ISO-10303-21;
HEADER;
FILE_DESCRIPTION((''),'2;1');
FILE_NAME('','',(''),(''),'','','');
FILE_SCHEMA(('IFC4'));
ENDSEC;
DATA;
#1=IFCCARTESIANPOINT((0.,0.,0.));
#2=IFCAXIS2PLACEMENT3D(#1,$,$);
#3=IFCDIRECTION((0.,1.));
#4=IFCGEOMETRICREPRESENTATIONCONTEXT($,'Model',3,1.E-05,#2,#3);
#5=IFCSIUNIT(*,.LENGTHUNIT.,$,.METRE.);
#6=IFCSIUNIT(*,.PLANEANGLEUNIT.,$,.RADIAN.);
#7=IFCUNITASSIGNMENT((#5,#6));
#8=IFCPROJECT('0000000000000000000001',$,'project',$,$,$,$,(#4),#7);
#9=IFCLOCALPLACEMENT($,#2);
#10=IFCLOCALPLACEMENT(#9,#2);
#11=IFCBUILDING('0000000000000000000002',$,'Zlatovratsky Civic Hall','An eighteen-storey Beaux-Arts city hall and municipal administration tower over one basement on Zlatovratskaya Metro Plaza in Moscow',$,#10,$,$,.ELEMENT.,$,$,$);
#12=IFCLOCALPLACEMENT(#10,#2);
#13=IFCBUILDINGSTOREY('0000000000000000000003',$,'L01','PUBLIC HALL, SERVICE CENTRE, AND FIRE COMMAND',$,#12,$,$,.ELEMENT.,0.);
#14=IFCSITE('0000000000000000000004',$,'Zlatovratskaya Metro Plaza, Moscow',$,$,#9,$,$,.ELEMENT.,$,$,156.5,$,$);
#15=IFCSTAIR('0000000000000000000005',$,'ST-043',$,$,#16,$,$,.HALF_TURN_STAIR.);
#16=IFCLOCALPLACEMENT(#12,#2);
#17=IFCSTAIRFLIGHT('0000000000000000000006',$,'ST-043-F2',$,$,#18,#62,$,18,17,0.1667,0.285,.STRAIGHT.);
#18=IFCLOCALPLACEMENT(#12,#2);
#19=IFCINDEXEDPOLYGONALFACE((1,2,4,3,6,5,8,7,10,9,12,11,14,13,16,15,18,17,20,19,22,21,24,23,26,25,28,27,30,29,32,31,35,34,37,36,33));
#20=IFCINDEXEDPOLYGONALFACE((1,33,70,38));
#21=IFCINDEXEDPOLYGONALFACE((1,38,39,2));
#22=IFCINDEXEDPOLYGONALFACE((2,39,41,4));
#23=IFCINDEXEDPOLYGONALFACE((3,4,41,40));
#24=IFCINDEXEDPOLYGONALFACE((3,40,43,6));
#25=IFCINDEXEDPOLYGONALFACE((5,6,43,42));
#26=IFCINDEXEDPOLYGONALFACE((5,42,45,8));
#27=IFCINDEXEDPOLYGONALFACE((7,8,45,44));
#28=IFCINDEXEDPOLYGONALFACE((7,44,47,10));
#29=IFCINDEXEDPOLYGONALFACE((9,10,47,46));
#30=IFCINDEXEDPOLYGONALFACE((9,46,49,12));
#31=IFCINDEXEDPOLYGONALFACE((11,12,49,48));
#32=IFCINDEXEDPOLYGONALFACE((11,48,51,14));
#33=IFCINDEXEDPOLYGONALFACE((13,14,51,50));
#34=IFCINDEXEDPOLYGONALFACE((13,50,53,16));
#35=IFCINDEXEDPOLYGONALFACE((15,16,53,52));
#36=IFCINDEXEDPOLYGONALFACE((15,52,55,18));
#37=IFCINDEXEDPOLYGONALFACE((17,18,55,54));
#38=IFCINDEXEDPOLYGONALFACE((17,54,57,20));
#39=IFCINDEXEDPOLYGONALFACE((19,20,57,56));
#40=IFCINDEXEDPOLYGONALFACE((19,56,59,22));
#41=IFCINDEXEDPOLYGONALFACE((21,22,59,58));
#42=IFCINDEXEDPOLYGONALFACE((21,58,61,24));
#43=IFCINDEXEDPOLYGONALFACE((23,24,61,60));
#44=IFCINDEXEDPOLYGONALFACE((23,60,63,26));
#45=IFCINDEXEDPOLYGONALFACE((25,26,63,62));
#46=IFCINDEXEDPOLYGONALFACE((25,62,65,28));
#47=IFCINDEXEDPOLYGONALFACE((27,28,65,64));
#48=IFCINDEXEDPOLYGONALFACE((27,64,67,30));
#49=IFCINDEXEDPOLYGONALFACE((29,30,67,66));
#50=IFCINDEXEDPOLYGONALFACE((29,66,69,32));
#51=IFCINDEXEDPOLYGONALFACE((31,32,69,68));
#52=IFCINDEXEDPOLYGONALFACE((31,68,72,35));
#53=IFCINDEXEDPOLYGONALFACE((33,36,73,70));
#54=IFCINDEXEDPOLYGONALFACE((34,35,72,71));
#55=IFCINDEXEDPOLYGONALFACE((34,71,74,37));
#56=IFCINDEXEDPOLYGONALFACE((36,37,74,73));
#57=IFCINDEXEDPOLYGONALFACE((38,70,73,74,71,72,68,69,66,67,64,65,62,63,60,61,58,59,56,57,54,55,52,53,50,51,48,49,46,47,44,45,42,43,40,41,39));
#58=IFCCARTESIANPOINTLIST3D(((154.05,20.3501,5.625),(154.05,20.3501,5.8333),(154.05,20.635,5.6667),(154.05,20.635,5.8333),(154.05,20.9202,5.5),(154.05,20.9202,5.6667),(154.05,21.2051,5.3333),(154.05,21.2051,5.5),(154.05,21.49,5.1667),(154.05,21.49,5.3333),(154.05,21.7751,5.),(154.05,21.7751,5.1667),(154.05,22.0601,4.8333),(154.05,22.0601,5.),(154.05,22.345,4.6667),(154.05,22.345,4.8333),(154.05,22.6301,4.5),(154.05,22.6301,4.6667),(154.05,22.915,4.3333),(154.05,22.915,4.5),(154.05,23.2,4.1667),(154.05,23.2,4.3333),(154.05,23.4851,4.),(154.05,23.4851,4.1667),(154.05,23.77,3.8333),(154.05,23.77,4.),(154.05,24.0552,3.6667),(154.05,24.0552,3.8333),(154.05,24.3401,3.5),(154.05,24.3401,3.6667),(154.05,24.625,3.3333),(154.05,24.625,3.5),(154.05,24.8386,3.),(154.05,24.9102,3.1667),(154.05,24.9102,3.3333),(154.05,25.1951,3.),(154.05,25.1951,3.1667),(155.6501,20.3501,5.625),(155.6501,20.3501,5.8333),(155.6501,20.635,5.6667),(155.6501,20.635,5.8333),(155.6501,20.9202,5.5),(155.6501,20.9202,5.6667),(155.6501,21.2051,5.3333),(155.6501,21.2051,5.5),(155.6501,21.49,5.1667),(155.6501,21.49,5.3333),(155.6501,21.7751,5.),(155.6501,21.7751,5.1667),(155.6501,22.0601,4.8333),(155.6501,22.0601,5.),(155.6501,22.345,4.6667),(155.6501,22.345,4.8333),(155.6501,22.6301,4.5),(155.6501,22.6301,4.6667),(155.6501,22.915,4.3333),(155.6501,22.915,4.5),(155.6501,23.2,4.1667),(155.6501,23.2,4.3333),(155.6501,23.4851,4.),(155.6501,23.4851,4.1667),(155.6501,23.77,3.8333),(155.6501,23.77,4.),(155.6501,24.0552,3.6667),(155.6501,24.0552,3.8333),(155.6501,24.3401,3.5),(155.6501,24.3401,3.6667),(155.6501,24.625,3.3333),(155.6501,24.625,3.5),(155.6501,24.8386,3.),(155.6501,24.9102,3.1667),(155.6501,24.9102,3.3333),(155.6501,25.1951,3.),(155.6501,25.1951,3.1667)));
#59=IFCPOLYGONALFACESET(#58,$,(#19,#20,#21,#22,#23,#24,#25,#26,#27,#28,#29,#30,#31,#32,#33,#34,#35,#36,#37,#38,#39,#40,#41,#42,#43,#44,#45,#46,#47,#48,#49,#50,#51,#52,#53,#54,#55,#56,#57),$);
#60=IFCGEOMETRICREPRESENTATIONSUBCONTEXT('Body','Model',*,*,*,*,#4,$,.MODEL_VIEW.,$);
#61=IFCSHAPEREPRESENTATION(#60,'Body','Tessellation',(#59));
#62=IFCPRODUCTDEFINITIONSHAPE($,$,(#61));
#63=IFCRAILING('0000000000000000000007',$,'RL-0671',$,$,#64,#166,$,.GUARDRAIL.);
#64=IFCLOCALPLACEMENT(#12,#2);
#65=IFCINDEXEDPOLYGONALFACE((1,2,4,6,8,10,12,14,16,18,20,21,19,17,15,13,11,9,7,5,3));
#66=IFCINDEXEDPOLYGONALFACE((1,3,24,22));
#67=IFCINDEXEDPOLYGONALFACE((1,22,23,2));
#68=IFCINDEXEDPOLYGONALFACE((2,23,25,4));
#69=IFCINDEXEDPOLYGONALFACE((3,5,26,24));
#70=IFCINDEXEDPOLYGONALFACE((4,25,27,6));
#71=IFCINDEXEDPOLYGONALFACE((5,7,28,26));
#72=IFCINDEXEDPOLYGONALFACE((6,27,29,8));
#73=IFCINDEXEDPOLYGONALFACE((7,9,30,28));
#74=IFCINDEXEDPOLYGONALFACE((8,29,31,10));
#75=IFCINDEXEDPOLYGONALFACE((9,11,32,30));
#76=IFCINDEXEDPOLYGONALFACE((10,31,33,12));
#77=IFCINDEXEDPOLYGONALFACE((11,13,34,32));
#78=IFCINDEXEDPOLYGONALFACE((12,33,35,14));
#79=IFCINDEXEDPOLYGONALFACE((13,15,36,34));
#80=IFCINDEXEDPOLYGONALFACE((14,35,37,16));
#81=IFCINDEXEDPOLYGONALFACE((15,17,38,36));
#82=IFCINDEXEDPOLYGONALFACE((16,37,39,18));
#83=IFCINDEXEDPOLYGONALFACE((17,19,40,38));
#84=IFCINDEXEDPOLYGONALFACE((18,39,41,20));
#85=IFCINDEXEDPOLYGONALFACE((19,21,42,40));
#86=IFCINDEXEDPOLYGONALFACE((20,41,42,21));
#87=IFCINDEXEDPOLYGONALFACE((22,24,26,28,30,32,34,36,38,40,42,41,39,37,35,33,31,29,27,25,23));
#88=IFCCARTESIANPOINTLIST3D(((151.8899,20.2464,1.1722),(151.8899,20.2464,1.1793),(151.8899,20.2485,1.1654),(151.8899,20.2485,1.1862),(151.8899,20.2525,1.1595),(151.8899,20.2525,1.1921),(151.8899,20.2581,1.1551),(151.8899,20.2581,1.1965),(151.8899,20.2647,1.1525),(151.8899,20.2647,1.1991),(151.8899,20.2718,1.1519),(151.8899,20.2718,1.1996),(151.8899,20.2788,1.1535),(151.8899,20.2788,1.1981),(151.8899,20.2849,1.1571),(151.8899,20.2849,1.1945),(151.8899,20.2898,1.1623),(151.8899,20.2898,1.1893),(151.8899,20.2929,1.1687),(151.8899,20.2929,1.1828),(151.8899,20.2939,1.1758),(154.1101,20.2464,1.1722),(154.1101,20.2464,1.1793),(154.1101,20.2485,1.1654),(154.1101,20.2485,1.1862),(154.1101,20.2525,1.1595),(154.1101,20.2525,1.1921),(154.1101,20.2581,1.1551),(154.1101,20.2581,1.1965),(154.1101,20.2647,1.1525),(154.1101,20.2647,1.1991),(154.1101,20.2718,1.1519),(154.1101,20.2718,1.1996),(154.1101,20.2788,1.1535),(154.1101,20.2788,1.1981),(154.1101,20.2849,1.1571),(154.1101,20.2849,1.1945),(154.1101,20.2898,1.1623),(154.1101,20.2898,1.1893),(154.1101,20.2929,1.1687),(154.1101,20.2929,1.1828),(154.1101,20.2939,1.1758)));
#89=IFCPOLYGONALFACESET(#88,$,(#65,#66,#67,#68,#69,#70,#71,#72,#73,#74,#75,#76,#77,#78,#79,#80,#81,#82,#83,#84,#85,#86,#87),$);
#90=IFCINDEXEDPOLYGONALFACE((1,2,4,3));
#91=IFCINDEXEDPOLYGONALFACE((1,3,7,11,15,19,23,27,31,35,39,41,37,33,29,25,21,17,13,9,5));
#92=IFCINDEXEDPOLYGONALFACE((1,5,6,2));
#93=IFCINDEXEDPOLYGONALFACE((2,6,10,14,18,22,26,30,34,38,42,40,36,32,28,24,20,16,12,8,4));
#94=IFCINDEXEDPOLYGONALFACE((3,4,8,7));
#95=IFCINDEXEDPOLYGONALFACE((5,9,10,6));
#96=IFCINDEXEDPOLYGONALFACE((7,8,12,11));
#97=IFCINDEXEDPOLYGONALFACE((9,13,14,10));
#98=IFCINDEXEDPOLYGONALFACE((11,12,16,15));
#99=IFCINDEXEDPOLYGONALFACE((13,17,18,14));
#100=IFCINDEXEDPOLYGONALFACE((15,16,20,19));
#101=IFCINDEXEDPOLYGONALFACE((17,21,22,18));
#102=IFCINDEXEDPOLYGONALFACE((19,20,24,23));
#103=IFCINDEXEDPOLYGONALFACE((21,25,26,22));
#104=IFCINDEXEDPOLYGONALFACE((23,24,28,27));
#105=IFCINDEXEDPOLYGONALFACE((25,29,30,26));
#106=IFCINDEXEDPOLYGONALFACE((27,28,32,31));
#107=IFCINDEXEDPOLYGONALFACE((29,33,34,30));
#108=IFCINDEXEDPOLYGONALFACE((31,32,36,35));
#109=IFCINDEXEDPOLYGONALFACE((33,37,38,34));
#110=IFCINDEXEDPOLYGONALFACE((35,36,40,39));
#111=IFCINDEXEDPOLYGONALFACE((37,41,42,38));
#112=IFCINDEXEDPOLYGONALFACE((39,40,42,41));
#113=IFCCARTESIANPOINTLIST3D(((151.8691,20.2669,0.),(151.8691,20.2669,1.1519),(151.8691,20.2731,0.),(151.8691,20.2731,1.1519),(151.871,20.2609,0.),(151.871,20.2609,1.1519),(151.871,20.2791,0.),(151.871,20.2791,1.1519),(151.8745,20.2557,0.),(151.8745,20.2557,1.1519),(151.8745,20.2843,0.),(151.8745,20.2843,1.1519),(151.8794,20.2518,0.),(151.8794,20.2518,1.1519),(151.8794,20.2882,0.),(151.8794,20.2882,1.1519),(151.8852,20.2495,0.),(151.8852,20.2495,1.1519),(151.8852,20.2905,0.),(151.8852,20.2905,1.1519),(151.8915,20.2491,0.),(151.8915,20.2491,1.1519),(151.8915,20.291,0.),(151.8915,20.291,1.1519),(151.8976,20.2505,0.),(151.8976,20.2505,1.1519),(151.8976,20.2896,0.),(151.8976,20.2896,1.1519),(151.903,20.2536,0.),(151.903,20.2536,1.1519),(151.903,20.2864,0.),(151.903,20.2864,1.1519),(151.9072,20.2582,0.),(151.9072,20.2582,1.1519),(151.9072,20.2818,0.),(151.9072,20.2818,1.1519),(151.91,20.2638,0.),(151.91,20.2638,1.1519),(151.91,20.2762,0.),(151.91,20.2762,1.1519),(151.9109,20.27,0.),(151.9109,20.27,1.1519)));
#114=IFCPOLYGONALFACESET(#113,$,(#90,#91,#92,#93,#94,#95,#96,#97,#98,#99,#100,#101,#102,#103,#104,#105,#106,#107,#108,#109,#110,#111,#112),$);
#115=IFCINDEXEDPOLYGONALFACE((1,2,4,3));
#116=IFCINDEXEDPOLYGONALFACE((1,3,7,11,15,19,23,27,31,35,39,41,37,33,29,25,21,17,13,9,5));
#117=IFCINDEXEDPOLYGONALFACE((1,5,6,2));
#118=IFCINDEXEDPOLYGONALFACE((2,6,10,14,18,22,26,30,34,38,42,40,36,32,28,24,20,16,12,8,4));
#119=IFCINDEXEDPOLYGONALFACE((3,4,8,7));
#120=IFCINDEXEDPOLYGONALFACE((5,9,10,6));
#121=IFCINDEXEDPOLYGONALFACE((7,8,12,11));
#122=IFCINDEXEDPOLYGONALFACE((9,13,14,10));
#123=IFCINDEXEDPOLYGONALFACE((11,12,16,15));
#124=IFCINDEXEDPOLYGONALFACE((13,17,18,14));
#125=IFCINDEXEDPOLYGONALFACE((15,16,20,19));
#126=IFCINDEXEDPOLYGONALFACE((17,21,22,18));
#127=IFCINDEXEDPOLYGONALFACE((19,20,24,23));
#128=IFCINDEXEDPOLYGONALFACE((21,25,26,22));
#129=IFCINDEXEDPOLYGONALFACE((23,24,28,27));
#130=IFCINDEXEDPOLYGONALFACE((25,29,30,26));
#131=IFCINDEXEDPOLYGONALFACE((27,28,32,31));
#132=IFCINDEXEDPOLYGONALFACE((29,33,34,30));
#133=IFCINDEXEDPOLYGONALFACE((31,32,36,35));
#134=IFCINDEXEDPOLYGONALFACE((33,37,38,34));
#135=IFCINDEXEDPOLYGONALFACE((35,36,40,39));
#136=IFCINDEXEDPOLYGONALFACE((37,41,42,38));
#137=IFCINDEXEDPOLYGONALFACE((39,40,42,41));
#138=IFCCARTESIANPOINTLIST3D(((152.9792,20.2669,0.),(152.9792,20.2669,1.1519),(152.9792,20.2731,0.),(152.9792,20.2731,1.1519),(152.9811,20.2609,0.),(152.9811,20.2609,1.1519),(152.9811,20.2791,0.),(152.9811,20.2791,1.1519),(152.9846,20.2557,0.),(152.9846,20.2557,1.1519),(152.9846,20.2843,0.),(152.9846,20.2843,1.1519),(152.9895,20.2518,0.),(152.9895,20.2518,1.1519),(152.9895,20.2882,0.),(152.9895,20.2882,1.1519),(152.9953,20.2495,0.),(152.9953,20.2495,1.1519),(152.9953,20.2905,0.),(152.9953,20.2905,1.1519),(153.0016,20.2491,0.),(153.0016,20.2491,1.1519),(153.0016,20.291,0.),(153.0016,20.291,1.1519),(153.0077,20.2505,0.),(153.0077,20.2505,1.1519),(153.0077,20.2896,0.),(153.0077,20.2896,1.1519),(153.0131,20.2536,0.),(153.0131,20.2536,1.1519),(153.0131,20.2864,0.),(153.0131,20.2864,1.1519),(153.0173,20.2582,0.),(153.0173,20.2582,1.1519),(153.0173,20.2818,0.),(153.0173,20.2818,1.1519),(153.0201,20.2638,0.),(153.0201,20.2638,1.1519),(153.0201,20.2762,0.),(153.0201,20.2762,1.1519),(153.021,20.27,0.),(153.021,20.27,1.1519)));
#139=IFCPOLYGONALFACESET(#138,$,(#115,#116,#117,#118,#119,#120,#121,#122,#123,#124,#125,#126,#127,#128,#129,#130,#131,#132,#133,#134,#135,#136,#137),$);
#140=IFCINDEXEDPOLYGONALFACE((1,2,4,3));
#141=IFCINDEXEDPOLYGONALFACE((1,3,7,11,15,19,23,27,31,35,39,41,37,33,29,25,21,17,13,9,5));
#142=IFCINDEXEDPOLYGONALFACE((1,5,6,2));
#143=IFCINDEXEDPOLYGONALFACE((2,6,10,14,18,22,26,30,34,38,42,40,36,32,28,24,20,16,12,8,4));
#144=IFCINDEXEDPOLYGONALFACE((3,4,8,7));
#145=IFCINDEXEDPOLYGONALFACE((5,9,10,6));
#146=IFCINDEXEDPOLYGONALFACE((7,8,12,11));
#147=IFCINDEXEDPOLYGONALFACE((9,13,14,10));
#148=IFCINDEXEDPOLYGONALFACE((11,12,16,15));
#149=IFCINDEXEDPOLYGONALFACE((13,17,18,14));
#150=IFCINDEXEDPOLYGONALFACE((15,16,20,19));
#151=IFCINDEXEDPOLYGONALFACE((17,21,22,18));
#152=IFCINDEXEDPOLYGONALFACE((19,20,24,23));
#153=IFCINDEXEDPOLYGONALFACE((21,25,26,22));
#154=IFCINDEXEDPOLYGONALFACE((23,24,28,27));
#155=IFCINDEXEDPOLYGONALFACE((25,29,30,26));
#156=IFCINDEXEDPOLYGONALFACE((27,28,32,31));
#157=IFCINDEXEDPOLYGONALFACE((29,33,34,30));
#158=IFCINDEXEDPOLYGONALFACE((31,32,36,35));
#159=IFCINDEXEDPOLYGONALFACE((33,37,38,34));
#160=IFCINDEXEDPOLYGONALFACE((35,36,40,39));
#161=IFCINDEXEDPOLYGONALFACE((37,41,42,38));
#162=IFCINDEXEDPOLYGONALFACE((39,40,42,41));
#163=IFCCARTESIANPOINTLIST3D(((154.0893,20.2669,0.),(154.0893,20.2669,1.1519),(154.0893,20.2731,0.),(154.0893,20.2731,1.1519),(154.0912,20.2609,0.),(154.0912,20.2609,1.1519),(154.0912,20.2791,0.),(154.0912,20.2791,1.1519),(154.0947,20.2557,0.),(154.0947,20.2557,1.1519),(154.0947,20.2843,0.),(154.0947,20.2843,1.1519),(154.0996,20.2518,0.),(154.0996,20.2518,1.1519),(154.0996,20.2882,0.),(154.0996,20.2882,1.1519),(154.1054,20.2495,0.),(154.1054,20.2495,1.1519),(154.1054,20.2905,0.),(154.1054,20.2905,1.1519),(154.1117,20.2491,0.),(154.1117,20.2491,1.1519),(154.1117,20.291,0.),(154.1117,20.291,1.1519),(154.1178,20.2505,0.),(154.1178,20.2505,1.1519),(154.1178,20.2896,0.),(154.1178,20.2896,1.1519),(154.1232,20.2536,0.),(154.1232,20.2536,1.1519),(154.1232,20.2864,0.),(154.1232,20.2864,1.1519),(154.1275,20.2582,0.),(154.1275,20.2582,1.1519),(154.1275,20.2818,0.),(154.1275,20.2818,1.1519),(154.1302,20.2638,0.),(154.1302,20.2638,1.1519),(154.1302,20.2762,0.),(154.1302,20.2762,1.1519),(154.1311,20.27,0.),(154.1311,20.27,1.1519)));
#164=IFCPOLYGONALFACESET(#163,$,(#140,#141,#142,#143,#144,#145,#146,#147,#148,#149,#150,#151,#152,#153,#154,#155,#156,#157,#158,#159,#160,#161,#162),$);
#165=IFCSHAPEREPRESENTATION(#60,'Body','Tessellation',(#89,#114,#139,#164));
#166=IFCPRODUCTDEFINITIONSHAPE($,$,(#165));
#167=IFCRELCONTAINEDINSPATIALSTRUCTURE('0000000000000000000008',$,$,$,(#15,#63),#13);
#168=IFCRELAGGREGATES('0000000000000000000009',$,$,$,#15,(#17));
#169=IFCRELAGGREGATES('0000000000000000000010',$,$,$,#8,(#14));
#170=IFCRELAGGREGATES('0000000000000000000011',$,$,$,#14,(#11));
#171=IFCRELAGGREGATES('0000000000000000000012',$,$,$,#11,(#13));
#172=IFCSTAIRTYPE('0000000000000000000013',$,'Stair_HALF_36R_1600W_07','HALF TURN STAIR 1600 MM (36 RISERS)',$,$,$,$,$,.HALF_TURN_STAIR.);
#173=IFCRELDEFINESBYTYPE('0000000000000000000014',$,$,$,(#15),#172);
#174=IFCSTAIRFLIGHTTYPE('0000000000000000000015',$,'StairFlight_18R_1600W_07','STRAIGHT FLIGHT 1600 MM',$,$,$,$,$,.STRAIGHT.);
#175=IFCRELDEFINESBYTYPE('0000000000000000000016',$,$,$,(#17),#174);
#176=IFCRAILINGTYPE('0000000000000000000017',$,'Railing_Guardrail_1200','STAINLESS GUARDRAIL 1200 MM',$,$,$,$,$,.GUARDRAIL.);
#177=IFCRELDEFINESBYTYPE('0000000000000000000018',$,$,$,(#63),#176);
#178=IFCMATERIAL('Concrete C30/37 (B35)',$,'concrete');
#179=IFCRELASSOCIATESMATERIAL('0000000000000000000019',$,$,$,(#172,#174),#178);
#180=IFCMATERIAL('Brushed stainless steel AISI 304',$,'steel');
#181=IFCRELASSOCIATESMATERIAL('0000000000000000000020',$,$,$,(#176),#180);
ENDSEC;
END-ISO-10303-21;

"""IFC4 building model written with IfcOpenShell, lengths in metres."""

from ifc_helpers import new_model, si_unit, direction, frame, origin, origin_2d, place, context, subcontext, project, spatial, polyline, circle, outline, extrude, material, type_object, element, aggregate, save


model = new_model("IFC4")

# Units and contexts
model_context = context("Model", 3, precision=1e-05, world=origin(), true_north=direction((0.0, 1.0)))
body_context = subcontext(model_context, "Body", "Model", "MODEL_VIEW")
ifc_project = project(units=[si_unit("LENGTHUNIT", "METRE"), si_unit("PLANEANGLEUNIT", "RADIAN")], contexts=[model_context])

# Site, building, storey
site_placement = place(None, origin())
site = spatial("IfcSite", under=ifc_project, at=site_placement, Name="Zlatovratskaya Metro Plaza, Moscow", CompositionType="ELEMENT", RefElevation=156.5)
building_placement = place(site_placement, origin())
building = spatial("IfcBuilding", under=site, at=building_placement, Name="Zlatovratsky Civic Hall", Description="An eighteen-storey Beaux-Arts city hall and municipal administration tower over one basement on Zlatovratskaya Metro Plaza in Moscow", CompositionType="ELEMENT")
storey_placement = place(building_placement, origin())
storey = spatial("IfcBuildingStorey", under=building, at=storey_placement, Name="L01", Description="PUBLIC HALL, SERVICE CENTRE, AND FIRE COMMAND", CompositionType="ELEMENT", Elevation=0.0)

# Stair, stair flight
ifc_material_1 = material(Name="Concrete C30/37 (B35)", Category="concrete")
stair_type = type_object("IfcStairType", Name="Stair_HALF_36R_1600W_07", Description="HALF TURN STAIR 1600 MM (36 RISERS)", PredefinedType="HALF_TURN_STAIR", material=ifc_material_1)
stair_placement = place(storey_placement, origin())
stair = element("IfcStair", 1, at=stair_placement, inside=storey, type_object=stair_type, Name="ST-043", PredefinedType="HALF_TURN_STAIR")
stair_flight_type = type_object("IfcStairFlightType", Name="StairFlight_18R_1600W_07", Description="STRAIGHT FLIGHT 1600 MM", PredefinedType="STRAIGHT", material=ifc_material_1)
stair_flight_1_placement = place(storey_placement, frame((154.8501, 25.1951, 3.0), z_axis=(0.0, 0.0, 1.0), x_axis=(0.0, -1.0, 0.0)))
stair_flight_1 = element("IfcStairFlight", 2, at=stair_flight_1_placement, type_object=stair_flight_type, Name="ST-043-F2", NumberOfRisers=18, NumberOfTreads=17, PredefinedType="STRAIGHT", RiserHeight=0.1667, TreadLength=0.285, context=body_context, shape_type="SweptSolid", body=[
    extrude(outline(polyline([(0.0, 0.0), (0.0, 0.1667), (0.2849, 0.1667), (0.2849, 0.3333), (0.5701, 0.3333), (0.5701, 0.5), (0.855, 0.5), (0.855, 0.6667), (1.1399, 0.6667), (1.1399, 0.8333), (1.425, 0.8333), (1.425, 1.0), (1.71, 1.0), (1.71, 1.1667), (1.9951, 1.1667), (1.9951, 1.3333), (2.28, 1.3333), (2.28, 1.5), (2.5649, 1.5), (2.5649, 1.6667), (2.8501, 1.6667), (2.8501, 1.8333), (3.135, 1.8333), (3.135, 2.0), (3.4199, 2.0), (3.4199, 2.1667), (3.7051, 2.1667), (3.7051, 2.3333), (3.99, 2.3333), (3.99, 2.5), (4.2749, 2.5), (4.2749, 2.6667), (4.5601, 2.6667), (4.5601, 2.8333), (4.845, 2.8333), (4.845, 3.0), (4.845, 2.625), (0.3564, 0.0), (0.0, 0.0)])), frame((0.0, 0.8, 0.0), z_axis=(0.0, -1.0, 0.0), x_axis=(1.0, 0.0, 0.0)), (0.0, 0.0, 1.0), 1.6001),
])
aggregate(stair, [stair_flight_1])

# Railing
ifc_material_2 = material(Name="Brushed stainless steel AISI 304", Category="steel")
railing_type_1 = type_object("IfcRailingType", Name="Railing_Guardrail_1200", Description="STAINLESS GUARDRAIL 1200 MM", PredefinedType="GUARDRAIL", material=ifc_material_2)
railing_1_placement = place(storey_placement, frame((151.8899, 20.27, 0.0)))
element("IfcRailing", 3, at=railing_1_placement, inside=storey, type_object=railing_type_1, Name="RL-0671", PredefinedType="GUARDRAIL", context=body_context, shape_type="SweptSolid", body=[
    extrude(circle(Radius=0.0239, at=origin_2d()), frame((0.0, 0.0, 1.1758), z_axis=(1.0, 0.0, 0.0), x_axis=(0.0, 1.0, 0.0)), (0.0, 0.0, 1.0), 2.2202),
    extrude(circle(Radius=0.021, at=origin_2d()), origin(), (0.0, 0.0, 1.0), 1.1519),
    extrude(circle(Radius=0.021, at=origin_2d()), frame((1.1101, 0.0, 0.0)), (0.0, 0.0, 1.0), 1.1519),
    extrude(circle(Radius=0.021, at=origin_2d()), frame((2.2202, 0.0, 0.0)), (0.0, 0.0, 1.0), 1.1519),
])

save(model, "model.ifc")
